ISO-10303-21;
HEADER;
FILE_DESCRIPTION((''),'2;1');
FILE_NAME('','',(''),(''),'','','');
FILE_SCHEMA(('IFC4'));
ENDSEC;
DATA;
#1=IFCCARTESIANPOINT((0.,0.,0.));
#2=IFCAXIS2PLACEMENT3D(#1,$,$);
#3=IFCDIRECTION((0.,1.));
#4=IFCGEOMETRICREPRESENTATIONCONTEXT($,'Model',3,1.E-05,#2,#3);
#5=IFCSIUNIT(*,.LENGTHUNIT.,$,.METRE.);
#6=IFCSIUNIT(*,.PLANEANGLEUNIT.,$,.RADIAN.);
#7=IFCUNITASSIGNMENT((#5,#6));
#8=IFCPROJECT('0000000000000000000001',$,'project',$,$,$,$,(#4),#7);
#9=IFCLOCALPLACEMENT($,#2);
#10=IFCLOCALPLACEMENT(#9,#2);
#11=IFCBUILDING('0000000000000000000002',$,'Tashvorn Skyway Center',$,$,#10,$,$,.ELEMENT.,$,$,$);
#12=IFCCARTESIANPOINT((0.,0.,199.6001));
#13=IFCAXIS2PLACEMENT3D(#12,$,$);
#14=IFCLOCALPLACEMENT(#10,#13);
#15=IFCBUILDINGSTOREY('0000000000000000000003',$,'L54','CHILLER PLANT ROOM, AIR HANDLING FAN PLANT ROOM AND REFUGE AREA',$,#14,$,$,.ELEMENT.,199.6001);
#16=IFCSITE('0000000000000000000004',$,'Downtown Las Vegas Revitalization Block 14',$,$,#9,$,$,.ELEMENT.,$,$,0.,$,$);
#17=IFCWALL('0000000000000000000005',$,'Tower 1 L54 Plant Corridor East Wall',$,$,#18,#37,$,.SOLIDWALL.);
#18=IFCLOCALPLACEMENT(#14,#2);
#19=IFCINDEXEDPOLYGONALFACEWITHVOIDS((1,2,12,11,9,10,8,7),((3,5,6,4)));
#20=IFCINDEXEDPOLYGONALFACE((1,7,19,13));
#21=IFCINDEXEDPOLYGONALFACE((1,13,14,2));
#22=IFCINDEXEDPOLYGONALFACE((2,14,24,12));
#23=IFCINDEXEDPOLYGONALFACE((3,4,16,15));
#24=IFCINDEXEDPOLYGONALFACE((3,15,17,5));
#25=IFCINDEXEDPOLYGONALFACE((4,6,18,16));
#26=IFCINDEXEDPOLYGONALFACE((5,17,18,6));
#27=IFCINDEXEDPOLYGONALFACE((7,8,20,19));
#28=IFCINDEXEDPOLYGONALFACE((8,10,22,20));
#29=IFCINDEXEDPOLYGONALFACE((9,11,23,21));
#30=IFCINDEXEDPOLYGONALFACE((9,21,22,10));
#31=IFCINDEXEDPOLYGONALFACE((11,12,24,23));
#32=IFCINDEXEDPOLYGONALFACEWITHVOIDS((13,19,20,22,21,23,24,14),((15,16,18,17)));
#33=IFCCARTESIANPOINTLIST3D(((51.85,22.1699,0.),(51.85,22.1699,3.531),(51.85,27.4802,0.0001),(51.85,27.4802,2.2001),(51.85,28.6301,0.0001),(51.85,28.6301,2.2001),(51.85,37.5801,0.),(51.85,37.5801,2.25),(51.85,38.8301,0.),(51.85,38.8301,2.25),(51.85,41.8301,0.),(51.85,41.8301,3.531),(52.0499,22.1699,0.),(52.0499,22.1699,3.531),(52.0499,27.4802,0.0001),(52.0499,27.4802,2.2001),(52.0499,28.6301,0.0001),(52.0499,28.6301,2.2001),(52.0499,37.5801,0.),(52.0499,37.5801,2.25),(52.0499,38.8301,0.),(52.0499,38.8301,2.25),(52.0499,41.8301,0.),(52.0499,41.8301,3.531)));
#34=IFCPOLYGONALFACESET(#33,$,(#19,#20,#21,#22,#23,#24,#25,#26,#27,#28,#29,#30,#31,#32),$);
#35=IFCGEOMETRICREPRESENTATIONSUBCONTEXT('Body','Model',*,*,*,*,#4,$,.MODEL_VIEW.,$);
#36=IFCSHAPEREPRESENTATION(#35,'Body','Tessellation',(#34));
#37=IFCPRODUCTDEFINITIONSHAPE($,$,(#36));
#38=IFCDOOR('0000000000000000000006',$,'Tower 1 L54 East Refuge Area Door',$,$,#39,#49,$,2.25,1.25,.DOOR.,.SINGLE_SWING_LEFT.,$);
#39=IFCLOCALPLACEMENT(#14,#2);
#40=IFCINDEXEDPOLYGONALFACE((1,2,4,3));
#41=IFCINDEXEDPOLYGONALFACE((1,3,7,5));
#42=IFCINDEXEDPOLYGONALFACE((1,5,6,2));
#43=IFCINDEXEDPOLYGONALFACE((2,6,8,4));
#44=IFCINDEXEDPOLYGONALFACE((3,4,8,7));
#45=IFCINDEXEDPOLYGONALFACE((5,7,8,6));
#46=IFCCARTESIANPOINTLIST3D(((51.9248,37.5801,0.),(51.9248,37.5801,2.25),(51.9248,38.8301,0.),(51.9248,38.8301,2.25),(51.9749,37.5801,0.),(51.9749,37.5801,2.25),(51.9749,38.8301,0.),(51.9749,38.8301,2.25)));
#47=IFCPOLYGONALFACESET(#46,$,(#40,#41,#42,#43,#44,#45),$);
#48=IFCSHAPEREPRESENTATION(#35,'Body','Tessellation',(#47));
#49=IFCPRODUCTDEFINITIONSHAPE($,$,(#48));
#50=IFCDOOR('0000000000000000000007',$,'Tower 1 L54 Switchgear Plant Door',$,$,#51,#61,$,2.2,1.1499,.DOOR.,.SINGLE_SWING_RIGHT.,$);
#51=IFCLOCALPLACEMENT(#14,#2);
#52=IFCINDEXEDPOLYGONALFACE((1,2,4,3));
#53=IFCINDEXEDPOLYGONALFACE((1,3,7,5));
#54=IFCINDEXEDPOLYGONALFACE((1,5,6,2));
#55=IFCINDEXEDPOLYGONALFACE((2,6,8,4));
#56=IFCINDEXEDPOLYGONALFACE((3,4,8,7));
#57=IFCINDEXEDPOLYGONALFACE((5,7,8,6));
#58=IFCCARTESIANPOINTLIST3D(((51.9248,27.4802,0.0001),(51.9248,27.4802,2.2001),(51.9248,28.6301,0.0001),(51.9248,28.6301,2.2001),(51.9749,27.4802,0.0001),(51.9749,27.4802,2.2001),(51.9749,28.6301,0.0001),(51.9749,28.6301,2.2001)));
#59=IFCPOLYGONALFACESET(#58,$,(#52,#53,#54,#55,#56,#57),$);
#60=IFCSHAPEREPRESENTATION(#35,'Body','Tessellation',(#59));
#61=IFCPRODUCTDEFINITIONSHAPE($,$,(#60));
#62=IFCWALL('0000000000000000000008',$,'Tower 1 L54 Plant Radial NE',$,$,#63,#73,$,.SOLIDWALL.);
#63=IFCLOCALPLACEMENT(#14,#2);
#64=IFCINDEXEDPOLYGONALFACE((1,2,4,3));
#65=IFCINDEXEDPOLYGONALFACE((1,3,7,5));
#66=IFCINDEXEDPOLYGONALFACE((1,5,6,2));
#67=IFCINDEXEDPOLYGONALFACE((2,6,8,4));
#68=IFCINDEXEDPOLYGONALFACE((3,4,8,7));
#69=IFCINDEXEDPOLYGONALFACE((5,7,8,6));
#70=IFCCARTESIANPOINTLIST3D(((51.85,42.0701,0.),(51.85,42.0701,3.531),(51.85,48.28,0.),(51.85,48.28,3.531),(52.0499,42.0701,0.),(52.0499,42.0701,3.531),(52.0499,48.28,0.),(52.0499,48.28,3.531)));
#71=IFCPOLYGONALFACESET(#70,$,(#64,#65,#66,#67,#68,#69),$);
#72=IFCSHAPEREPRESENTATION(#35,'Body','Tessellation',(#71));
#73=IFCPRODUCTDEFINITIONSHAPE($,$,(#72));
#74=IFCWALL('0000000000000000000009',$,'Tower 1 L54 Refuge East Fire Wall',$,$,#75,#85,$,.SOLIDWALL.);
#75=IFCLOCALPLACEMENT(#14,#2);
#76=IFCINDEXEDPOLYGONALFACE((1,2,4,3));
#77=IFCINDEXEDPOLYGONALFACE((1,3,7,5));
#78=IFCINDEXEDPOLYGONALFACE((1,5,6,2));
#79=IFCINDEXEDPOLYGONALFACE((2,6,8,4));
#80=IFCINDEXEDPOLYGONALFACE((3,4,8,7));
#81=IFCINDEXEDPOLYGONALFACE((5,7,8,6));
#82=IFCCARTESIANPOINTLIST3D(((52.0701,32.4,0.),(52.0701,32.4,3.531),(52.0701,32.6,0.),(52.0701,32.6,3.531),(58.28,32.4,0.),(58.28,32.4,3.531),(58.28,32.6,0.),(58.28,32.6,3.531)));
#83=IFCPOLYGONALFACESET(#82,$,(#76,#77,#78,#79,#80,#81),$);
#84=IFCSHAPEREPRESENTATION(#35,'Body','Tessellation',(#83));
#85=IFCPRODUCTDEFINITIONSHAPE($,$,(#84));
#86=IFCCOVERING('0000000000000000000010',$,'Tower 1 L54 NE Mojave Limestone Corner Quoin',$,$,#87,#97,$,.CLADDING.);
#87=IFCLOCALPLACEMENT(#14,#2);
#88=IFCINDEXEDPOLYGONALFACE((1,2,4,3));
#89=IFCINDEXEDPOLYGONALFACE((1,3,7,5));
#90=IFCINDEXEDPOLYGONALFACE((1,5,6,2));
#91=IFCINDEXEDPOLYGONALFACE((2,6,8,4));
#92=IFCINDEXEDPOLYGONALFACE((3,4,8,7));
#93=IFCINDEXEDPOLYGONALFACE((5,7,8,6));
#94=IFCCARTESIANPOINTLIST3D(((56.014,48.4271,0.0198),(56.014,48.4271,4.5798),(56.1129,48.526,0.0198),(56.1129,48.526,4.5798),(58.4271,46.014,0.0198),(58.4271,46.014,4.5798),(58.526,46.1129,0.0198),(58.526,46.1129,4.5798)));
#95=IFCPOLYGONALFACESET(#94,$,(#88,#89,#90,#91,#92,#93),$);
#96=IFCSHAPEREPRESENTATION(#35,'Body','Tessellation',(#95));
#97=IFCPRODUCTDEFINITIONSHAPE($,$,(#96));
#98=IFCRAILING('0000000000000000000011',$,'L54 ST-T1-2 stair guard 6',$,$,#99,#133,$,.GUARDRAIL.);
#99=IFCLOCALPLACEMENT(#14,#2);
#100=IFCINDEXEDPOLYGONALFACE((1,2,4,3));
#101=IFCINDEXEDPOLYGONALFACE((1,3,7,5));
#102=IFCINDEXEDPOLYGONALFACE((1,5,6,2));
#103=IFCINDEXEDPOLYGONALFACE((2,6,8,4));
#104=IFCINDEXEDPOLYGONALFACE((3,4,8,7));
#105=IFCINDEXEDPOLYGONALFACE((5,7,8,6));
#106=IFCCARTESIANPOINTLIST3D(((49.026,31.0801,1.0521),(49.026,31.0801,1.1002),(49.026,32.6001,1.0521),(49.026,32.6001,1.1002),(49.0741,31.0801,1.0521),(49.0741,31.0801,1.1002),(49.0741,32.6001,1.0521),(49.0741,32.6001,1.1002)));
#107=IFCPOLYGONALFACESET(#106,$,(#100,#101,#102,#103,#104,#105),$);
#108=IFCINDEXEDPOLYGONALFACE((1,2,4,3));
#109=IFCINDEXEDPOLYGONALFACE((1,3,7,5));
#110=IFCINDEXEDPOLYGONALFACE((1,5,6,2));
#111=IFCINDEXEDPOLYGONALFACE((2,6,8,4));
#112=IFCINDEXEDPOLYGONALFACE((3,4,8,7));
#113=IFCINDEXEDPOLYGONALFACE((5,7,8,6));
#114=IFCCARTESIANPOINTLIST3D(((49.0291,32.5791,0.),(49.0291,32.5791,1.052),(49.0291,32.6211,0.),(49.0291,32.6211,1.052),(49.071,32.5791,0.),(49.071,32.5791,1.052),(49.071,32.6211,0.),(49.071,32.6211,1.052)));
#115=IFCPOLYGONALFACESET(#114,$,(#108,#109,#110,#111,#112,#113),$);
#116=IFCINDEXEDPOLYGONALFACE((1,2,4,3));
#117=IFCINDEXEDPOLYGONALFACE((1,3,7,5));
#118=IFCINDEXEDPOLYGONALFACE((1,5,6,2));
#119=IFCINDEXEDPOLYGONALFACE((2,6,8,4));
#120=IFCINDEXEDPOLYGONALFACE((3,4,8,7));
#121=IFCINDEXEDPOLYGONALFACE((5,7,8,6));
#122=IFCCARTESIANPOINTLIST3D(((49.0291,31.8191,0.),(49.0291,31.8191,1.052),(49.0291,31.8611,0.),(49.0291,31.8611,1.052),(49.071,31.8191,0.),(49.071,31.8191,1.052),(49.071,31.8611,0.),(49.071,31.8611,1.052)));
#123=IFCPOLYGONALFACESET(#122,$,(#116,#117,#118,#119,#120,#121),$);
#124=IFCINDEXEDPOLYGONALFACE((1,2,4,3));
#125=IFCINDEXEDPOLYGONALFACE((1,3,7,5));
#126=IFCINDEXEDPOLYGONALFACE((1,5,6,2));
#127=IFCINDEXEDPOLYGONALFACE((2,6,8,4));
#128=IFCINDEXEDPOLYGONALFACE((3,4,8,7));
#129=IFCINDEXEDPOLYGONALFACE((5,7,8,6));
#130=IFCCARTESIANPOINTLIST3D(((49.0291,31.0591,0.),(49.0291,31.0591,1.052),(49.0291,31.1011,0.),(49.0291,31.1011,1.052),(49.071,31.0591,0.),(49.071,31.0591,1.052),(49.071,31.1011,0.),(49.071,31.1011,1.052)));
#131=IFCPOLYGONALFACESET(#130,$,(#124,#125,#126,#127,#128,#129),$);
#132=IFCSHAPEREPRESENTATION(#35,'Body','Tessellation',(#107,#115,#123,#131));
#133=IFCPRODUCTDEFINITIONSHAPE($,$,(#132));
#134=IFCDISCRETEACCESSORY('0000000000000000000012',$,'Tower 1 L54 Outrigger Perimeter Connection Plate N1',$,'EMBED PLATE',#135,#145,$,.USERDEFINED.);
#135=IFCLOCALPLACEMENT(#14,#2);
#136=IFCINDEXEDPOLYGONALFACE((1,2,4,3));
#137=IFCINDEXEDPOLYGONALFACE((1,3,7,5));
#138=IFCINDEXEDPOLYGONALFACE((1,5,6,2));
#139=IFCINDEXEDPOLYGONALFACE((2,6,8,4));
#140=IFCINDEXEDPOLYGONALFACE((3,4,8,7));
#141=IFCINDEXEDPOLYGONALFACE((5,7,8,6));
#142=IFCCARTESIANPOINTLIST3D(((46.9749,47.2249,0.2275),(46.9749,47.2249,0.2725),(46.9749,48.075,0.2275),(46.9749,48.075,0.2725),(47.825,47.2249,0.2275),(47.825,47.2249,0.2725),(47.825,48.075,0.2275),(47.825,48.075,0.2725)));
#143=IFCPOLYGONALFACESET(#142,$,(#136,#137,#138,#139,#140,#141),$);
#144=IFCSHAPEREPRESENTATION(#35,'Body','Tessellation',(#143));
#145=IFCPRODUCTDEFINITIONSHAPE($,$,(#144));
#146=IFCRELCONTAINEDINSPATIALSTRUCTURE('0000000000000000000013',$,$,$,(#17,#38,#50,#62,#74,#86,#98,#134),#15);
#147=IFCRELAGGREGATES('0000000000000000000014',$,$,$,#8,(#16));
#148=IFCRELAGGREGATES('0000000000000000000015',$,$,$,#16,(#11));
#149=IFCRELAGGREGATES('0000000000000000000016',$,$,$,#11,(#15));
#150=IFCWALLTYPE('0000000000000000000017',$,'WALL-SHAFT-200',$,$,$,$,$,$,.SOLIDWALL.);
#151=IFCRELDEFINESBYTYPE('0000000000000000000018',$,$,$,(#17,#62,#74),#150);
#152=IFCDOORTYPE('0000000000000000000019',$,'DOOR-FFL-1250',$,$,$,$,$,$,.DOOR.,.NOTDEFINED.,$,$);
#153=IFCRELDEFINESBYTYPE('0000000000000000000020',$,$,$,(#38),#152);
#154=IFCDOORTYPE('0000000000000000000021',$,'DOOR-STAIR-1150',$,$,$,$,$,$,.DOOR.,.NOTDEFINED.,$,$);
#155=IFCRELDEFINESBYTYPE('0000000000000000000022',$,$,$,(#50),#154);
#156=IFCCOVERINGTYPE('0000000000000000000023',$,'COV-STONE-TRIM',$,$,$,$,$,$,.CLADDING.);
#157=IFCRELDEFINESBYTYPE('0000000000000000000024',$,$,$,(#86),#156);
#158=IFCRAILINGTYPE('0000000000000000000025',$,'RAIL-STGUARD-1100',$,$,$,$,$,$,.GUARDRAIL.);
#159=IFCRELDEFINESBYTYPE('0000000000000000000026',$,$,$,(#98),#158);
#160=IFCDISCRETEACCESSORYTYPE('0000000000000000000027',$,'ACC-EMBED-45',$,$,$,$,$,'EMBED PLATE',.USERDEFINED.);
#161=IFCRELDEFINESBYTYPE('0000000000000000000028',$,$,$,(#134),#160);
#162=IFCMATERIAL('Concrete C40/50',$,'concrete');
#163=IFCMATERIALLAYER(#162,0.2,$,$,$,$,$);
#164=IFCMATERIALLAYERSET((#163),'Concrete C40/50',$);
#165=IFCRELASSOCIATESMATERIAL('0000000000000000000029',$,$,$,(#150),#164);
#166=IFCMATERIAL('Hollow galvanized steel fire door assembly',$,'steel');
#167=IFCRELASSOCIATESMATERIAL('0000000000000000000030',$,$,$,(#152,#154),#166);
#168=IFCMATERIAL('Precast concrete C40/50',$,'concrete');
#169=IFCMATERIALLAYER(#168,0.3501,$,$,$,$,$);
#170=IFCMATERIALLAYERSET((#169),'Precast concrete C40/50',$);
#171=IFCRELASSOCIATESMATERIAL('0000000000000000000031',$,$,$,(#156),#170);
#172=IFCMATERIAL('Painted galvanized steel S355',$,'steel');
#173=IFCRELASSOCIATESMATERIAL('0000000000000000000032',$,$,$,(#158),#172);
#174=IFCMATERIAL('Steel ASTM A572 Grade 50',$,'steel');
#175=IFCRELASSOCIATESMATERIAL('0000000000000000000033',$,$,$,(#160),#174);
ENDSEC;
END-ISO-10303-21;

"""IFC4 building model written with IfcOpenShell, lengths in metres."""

from ifc_helpers import new_model, si_unit, direction, frame, frame_2d, origin, origin_2d, place, context, subcontext, project, spatial, rectangle, extrude, material, layer, layer_set, type_object, element, fill, save


model = new_model("IFC4")

# Units and contexts
model_context = context("Model", 3, precision=1e-05, world=origin(), true_north=direction((0.0, 1.0)))
body_context = subcontext(model_context, "Body", "Model", "MODEL_VIEW")
ifc_project = project(units=[si_unit("LENGTHUNIT", "METRE"), si_unit("PLANEANGLEUNIT", "RADIAN")], contexts=[model_context])

# Site, building, storey
site_placement = place(None, origin())
site = spatial("IfcSite", under=ifc_project, at=site_placement, Name="Downtown Las Vegas Revitalization Block 14", CompositionType="ELEMENT", RefElevation=0.0)
building_placement = place(site_placement, origin())
building = spatial("IfcBuilding", under=site, at=building_placement, Name="Tashvorn Skyway Center", CompositionType="ELEMENT")
storey_placement = place(building_placement, frame((0.0, 0.0, 199.6001)))
storey = spatial("IfcBuildingStorey", under=building, at=storey_placement, Name="L54", Description="CHILLER PLANT ROOM, AIR HANDLING FAN PLANT ROOM AND REFUGE AREA", CompositionType="ELEMENT", Elevation=199.6001)

# Shared definitions
ifc_material_1 = material(Name="Steel ASTM A572 Grade 50", Category="steel")

# Shared definitions
ifc_material_2 = material(Name="Precast concrete C40/50", Category="concrete")

# Wall, openings, doors
ifc_material_3 = material(Name="Concrete C40/50", Category="concrete")
ifc_layer_1 = layer(ifc_material_3, 0.2)
ifc_layer_set_1 = layer_set([ifc_layer_1], Name="Concrete C40/50")
wall_type_1 = type_object("IfcWallType", Name="WALL-SHAFT-200", PredefinedType="SOLIDWALL", material=ifc_layer_set_1)
wall_1_placement = place(storey_placement, frame((51.95, 41.8301, 0.0), z_axis=(0.0, 0.0, 1.0), x_axis=(0.0, -1.0, 0.0)))
wall_1 = element("IfcWall", 1, at=wall_1_placement, inside=storey, type_object=wall_type_1, Name="Tower 1 L54 Plant Corridor East Wall", PredefinedType="SOLIDWALL", context=body_context, shape_type="SweptSolid", body=[
    extrude(rectangle(XDim=19.6602, YDim=0.2, at=frame_2d((9.8301, 0.0))), origin(), (0.0, 0.0, 1.0), 3.531),
])
opening_1_placement = place(wall_1_placement, frame((3.0, 0.0, 0.0)))
opening_1 = element("IfcOpeningElement", 2, at=opening_1_placement, cuts=wall_1, PredefinedType="OPENING", context=body_context, shape_type="SweptSolid", body=[
    extrude(rectangle(XDim=1.25, YDim=2.25, at=frame_2d((0.625, 1.125))), frame((0.0, 0.1099, 0.0), z_axis=(0.0, -1.0, 0.0), x_axis=(1.0, 0.0, 0.0)), (0.0, 0.0, 1.0), 0.22),
])
opening_2_placement = place(wall_1_placement, frame((13.2, 0.0, 0.0)))
opening_2 = element("IfcOpeningElement", 3, at=opening_2_placement, cuts=wall_1, PredefinedType="OPENING", context=body_context, shape_type="SweptSolid", body=[
    extrude(rectangle(XDim=1.1499, YDim=2.2, at=frame_2d((0.575, 1.1001))), frame((0.0, 0.1099, 0.0), z_axis=(0.0, -1.0, 0.0), x_axis=(1.0, 0.0, 0.0)), (0.0, 0.0, 1.0), 0.22),
])
ifc_material_4 = material(Name="Hollow galvanized steel fire door assembly", Category="steel")
door_type_1 = type_object("IfcDoorType", Name="DOOR-FFL-1250", OperationType="NOTDEFINED", PredefinedType="DOOR", material=ifc_material_4)
door_1_placement = place(opening_1_placement, origin())
door_1 = element("IfcDoor", 4, at=door_1_placement, inside=storey, type_object=door_type_1, Name="Tower 1 L54 East Refuge Area Door", OperationType="SINGLE_SWING_LEFT", OverallHeight=2.25, OverallWidth=1.25, PredefinedType="DOOR", context=body_context, shape_type="SweptSolid", body=[
    extrude(rectangle(XDim=1.25, YDim=2.25, at=frame_2d((0.625, 1.125))), frame((0.0, 0.0249, 0.0), z_axis=(0.0, -1.0, 0.0), x_axis=(1.0, 0.0, 0.0)), (0.0, 0.0, 1.0), 0.05),
])
fill(opening_1, door_1)
door_type_2 = type_object("IfcDoorType", Name="DOOR-STAIR-1150", OperationType="NOTDEFINED", PredefinedType="DOOR", material=ifc_material_4)
door_2_placement = place(opening_2_placement, origin())
door_2 = element("IfcDoor", 5, at=door_2_placement, inside=storey, type_object=door_type_2, Name="Tower 1 L54 Switchgear Plant Door", OperationType="SINGLE_SWING_RIGHT", OverallHeight=2.2, OverallWidth=1.1499, PredefinedType="DOOR", context=body_context, shape_type="SweptSolid", body=[
    extrude(rectangle(XDim=1.1499, YDim=2.2, at=frame_2d((0.575, 1.1001))), frame((0.0, 0.0249, 0.0), z_axis=(0.0, -1.0, 0.0), x_axis=(1.0, 0.0, 0.0)), (0.0, 0.0, 1.0), 0.05),
])
fill(opening_2, door_2)

# Walls
for number, where, z_axis, x_axis, name in (
    (6, (51.95, 42.0701, 0.0), (0.0, 0.0, 1.0), (0.0, 1.0, 0.0), "Tower 1 L54 Plant Radial NE"),
    (7, (52.0701, 32.5, 0.0), (0.0, 0.0, 1.0), (1.0, 0.0, 0.0), "Tower 1 L54 Refuge East Fire Wall"),
):
    element("IfcWall", number, at=place(storey_placement, frame(where, z_axis=z_axis, x_axis=x_axis)), inside=storey, type_object=wall_type_1, Name=name, PredefinedType="SOLIDWALL", context=body_context, shape_type="SweptSolid", body=[
        extrude(rectangle(XDim=6.21, YDim=0.2, at=frame_2d((3.105, 0.0))), origin(), (0.0, 0.0, 1.0), 3.531),
    ])

# Covering
ifc_layer_2 = layer(ifc_material_2, 0.3501)
ifc_layer_set_2 = layer_set([ifc_layer_2], Name="Precast concrete C40/50")
covering_type = type_object("IfcCoveringType", Name="COV-STONE-TRIM", PredefinedType="CLADDING", material=ifc_layer_set_2)
covering_placement = place(storey_placement, frame((57.27, 47.27, 0.0198), z_axis=(0.0, 0.0, 1.0), x_axis=(0.707107, -0.707107, 0.0)))
element("IfcCovering", 8, at=covering_placement, inside=storey, type_object=covering_type, Name="Tower 1 L54 NE Mojave Limestone Corner Quoin", PredefinedType="CLADDING", context=body_context, shape_type="SweptSolid", body=[
    extrude(rectangle(XDim=3.4126, YDim=0.1399, at=origin_2d()), origin(), (0.0, 0.0, 1.0), 4.5601),
])

# Railing
ifc_material_5 = material(Name="Painted galvanized steel S355", Category="steel")
railing_type = type_object("IfcRailingType", Name="RAIL-STGUARD-1100", PredefinedType="GUARDRAIL", material=ifc_material_5)
railing_placement = place(storey_placement, frame((49.05, 32.6001, 0.0)))
element("IfcRailing", 9, at=railing_placement, inside=storey, type_object=railing_type, Name="L54 ST-T1-2 stair guard 6", PredefinedType="GUARDRAIL", context=body_context, shape_type="SweptSolid", body=[
    extrude(rectangle(XDim=0.0481, YDim=0.0481, at=origin_2d()), frame((0.0, 0.0, 1.0762), z_axis=(0.0, -1.0, 0.0), x_axis=(1.0, 0.0, 0.0)), (0.0, 0.0, 1.0), 1.52),
    extrude(rectangle(XDim=0.042, YDim=0.042, at=origin_2d()), origin(), (0.0, 0.0, 1.0), 1.052),
    extrude(rectangle(XDim=0.042, YDim=0.042, at=origin_2d()), frame((0.0, -0.76, 0.0)), (0.0, 0.0, 1.0), 1.052),
    extrude(rectangle(XDim=0.042, YDim=0.042, at=origin_2d()), frame((0.0, -1.52, 0.0)), (0.0, 0.0, 1.0), 1.052),
])

# Discrete accessory
discrete_accessory_type = type_object("IfcDiscreteAccessoryType", Name="ACC-EMBED-45", ElementType="EMBED PLATE", PredefinedType="USERDEFINED", material=ifc_material_1)
discrete_accessory_placement = place(storey_placement, frame((47.3999, 47.6499, 0.2275), z_axis=(0.0, 0.0, 1.0), x_axis=(1.0, 0.0, 0.0)))
element("IfcDiscreteAccessory", 10, at=discrete_accessory_placement, inside=storey, type_object=discrete_accessory_type, Name="Tower 1 L54 Outrigger Perimeter Connection Plate N1", ObjectType="EMBED PLATE", PredefinedType="USERDEFINED", context=body_context, shape_type="SweptSolid", body=[
    extrude(rectangle(XDim=0.8501, YDim=0.8501, at=origin_2d()), origin(), (0.0, 0.0, 1.0), 0.0449),
])

save(model, "model.ifc")
